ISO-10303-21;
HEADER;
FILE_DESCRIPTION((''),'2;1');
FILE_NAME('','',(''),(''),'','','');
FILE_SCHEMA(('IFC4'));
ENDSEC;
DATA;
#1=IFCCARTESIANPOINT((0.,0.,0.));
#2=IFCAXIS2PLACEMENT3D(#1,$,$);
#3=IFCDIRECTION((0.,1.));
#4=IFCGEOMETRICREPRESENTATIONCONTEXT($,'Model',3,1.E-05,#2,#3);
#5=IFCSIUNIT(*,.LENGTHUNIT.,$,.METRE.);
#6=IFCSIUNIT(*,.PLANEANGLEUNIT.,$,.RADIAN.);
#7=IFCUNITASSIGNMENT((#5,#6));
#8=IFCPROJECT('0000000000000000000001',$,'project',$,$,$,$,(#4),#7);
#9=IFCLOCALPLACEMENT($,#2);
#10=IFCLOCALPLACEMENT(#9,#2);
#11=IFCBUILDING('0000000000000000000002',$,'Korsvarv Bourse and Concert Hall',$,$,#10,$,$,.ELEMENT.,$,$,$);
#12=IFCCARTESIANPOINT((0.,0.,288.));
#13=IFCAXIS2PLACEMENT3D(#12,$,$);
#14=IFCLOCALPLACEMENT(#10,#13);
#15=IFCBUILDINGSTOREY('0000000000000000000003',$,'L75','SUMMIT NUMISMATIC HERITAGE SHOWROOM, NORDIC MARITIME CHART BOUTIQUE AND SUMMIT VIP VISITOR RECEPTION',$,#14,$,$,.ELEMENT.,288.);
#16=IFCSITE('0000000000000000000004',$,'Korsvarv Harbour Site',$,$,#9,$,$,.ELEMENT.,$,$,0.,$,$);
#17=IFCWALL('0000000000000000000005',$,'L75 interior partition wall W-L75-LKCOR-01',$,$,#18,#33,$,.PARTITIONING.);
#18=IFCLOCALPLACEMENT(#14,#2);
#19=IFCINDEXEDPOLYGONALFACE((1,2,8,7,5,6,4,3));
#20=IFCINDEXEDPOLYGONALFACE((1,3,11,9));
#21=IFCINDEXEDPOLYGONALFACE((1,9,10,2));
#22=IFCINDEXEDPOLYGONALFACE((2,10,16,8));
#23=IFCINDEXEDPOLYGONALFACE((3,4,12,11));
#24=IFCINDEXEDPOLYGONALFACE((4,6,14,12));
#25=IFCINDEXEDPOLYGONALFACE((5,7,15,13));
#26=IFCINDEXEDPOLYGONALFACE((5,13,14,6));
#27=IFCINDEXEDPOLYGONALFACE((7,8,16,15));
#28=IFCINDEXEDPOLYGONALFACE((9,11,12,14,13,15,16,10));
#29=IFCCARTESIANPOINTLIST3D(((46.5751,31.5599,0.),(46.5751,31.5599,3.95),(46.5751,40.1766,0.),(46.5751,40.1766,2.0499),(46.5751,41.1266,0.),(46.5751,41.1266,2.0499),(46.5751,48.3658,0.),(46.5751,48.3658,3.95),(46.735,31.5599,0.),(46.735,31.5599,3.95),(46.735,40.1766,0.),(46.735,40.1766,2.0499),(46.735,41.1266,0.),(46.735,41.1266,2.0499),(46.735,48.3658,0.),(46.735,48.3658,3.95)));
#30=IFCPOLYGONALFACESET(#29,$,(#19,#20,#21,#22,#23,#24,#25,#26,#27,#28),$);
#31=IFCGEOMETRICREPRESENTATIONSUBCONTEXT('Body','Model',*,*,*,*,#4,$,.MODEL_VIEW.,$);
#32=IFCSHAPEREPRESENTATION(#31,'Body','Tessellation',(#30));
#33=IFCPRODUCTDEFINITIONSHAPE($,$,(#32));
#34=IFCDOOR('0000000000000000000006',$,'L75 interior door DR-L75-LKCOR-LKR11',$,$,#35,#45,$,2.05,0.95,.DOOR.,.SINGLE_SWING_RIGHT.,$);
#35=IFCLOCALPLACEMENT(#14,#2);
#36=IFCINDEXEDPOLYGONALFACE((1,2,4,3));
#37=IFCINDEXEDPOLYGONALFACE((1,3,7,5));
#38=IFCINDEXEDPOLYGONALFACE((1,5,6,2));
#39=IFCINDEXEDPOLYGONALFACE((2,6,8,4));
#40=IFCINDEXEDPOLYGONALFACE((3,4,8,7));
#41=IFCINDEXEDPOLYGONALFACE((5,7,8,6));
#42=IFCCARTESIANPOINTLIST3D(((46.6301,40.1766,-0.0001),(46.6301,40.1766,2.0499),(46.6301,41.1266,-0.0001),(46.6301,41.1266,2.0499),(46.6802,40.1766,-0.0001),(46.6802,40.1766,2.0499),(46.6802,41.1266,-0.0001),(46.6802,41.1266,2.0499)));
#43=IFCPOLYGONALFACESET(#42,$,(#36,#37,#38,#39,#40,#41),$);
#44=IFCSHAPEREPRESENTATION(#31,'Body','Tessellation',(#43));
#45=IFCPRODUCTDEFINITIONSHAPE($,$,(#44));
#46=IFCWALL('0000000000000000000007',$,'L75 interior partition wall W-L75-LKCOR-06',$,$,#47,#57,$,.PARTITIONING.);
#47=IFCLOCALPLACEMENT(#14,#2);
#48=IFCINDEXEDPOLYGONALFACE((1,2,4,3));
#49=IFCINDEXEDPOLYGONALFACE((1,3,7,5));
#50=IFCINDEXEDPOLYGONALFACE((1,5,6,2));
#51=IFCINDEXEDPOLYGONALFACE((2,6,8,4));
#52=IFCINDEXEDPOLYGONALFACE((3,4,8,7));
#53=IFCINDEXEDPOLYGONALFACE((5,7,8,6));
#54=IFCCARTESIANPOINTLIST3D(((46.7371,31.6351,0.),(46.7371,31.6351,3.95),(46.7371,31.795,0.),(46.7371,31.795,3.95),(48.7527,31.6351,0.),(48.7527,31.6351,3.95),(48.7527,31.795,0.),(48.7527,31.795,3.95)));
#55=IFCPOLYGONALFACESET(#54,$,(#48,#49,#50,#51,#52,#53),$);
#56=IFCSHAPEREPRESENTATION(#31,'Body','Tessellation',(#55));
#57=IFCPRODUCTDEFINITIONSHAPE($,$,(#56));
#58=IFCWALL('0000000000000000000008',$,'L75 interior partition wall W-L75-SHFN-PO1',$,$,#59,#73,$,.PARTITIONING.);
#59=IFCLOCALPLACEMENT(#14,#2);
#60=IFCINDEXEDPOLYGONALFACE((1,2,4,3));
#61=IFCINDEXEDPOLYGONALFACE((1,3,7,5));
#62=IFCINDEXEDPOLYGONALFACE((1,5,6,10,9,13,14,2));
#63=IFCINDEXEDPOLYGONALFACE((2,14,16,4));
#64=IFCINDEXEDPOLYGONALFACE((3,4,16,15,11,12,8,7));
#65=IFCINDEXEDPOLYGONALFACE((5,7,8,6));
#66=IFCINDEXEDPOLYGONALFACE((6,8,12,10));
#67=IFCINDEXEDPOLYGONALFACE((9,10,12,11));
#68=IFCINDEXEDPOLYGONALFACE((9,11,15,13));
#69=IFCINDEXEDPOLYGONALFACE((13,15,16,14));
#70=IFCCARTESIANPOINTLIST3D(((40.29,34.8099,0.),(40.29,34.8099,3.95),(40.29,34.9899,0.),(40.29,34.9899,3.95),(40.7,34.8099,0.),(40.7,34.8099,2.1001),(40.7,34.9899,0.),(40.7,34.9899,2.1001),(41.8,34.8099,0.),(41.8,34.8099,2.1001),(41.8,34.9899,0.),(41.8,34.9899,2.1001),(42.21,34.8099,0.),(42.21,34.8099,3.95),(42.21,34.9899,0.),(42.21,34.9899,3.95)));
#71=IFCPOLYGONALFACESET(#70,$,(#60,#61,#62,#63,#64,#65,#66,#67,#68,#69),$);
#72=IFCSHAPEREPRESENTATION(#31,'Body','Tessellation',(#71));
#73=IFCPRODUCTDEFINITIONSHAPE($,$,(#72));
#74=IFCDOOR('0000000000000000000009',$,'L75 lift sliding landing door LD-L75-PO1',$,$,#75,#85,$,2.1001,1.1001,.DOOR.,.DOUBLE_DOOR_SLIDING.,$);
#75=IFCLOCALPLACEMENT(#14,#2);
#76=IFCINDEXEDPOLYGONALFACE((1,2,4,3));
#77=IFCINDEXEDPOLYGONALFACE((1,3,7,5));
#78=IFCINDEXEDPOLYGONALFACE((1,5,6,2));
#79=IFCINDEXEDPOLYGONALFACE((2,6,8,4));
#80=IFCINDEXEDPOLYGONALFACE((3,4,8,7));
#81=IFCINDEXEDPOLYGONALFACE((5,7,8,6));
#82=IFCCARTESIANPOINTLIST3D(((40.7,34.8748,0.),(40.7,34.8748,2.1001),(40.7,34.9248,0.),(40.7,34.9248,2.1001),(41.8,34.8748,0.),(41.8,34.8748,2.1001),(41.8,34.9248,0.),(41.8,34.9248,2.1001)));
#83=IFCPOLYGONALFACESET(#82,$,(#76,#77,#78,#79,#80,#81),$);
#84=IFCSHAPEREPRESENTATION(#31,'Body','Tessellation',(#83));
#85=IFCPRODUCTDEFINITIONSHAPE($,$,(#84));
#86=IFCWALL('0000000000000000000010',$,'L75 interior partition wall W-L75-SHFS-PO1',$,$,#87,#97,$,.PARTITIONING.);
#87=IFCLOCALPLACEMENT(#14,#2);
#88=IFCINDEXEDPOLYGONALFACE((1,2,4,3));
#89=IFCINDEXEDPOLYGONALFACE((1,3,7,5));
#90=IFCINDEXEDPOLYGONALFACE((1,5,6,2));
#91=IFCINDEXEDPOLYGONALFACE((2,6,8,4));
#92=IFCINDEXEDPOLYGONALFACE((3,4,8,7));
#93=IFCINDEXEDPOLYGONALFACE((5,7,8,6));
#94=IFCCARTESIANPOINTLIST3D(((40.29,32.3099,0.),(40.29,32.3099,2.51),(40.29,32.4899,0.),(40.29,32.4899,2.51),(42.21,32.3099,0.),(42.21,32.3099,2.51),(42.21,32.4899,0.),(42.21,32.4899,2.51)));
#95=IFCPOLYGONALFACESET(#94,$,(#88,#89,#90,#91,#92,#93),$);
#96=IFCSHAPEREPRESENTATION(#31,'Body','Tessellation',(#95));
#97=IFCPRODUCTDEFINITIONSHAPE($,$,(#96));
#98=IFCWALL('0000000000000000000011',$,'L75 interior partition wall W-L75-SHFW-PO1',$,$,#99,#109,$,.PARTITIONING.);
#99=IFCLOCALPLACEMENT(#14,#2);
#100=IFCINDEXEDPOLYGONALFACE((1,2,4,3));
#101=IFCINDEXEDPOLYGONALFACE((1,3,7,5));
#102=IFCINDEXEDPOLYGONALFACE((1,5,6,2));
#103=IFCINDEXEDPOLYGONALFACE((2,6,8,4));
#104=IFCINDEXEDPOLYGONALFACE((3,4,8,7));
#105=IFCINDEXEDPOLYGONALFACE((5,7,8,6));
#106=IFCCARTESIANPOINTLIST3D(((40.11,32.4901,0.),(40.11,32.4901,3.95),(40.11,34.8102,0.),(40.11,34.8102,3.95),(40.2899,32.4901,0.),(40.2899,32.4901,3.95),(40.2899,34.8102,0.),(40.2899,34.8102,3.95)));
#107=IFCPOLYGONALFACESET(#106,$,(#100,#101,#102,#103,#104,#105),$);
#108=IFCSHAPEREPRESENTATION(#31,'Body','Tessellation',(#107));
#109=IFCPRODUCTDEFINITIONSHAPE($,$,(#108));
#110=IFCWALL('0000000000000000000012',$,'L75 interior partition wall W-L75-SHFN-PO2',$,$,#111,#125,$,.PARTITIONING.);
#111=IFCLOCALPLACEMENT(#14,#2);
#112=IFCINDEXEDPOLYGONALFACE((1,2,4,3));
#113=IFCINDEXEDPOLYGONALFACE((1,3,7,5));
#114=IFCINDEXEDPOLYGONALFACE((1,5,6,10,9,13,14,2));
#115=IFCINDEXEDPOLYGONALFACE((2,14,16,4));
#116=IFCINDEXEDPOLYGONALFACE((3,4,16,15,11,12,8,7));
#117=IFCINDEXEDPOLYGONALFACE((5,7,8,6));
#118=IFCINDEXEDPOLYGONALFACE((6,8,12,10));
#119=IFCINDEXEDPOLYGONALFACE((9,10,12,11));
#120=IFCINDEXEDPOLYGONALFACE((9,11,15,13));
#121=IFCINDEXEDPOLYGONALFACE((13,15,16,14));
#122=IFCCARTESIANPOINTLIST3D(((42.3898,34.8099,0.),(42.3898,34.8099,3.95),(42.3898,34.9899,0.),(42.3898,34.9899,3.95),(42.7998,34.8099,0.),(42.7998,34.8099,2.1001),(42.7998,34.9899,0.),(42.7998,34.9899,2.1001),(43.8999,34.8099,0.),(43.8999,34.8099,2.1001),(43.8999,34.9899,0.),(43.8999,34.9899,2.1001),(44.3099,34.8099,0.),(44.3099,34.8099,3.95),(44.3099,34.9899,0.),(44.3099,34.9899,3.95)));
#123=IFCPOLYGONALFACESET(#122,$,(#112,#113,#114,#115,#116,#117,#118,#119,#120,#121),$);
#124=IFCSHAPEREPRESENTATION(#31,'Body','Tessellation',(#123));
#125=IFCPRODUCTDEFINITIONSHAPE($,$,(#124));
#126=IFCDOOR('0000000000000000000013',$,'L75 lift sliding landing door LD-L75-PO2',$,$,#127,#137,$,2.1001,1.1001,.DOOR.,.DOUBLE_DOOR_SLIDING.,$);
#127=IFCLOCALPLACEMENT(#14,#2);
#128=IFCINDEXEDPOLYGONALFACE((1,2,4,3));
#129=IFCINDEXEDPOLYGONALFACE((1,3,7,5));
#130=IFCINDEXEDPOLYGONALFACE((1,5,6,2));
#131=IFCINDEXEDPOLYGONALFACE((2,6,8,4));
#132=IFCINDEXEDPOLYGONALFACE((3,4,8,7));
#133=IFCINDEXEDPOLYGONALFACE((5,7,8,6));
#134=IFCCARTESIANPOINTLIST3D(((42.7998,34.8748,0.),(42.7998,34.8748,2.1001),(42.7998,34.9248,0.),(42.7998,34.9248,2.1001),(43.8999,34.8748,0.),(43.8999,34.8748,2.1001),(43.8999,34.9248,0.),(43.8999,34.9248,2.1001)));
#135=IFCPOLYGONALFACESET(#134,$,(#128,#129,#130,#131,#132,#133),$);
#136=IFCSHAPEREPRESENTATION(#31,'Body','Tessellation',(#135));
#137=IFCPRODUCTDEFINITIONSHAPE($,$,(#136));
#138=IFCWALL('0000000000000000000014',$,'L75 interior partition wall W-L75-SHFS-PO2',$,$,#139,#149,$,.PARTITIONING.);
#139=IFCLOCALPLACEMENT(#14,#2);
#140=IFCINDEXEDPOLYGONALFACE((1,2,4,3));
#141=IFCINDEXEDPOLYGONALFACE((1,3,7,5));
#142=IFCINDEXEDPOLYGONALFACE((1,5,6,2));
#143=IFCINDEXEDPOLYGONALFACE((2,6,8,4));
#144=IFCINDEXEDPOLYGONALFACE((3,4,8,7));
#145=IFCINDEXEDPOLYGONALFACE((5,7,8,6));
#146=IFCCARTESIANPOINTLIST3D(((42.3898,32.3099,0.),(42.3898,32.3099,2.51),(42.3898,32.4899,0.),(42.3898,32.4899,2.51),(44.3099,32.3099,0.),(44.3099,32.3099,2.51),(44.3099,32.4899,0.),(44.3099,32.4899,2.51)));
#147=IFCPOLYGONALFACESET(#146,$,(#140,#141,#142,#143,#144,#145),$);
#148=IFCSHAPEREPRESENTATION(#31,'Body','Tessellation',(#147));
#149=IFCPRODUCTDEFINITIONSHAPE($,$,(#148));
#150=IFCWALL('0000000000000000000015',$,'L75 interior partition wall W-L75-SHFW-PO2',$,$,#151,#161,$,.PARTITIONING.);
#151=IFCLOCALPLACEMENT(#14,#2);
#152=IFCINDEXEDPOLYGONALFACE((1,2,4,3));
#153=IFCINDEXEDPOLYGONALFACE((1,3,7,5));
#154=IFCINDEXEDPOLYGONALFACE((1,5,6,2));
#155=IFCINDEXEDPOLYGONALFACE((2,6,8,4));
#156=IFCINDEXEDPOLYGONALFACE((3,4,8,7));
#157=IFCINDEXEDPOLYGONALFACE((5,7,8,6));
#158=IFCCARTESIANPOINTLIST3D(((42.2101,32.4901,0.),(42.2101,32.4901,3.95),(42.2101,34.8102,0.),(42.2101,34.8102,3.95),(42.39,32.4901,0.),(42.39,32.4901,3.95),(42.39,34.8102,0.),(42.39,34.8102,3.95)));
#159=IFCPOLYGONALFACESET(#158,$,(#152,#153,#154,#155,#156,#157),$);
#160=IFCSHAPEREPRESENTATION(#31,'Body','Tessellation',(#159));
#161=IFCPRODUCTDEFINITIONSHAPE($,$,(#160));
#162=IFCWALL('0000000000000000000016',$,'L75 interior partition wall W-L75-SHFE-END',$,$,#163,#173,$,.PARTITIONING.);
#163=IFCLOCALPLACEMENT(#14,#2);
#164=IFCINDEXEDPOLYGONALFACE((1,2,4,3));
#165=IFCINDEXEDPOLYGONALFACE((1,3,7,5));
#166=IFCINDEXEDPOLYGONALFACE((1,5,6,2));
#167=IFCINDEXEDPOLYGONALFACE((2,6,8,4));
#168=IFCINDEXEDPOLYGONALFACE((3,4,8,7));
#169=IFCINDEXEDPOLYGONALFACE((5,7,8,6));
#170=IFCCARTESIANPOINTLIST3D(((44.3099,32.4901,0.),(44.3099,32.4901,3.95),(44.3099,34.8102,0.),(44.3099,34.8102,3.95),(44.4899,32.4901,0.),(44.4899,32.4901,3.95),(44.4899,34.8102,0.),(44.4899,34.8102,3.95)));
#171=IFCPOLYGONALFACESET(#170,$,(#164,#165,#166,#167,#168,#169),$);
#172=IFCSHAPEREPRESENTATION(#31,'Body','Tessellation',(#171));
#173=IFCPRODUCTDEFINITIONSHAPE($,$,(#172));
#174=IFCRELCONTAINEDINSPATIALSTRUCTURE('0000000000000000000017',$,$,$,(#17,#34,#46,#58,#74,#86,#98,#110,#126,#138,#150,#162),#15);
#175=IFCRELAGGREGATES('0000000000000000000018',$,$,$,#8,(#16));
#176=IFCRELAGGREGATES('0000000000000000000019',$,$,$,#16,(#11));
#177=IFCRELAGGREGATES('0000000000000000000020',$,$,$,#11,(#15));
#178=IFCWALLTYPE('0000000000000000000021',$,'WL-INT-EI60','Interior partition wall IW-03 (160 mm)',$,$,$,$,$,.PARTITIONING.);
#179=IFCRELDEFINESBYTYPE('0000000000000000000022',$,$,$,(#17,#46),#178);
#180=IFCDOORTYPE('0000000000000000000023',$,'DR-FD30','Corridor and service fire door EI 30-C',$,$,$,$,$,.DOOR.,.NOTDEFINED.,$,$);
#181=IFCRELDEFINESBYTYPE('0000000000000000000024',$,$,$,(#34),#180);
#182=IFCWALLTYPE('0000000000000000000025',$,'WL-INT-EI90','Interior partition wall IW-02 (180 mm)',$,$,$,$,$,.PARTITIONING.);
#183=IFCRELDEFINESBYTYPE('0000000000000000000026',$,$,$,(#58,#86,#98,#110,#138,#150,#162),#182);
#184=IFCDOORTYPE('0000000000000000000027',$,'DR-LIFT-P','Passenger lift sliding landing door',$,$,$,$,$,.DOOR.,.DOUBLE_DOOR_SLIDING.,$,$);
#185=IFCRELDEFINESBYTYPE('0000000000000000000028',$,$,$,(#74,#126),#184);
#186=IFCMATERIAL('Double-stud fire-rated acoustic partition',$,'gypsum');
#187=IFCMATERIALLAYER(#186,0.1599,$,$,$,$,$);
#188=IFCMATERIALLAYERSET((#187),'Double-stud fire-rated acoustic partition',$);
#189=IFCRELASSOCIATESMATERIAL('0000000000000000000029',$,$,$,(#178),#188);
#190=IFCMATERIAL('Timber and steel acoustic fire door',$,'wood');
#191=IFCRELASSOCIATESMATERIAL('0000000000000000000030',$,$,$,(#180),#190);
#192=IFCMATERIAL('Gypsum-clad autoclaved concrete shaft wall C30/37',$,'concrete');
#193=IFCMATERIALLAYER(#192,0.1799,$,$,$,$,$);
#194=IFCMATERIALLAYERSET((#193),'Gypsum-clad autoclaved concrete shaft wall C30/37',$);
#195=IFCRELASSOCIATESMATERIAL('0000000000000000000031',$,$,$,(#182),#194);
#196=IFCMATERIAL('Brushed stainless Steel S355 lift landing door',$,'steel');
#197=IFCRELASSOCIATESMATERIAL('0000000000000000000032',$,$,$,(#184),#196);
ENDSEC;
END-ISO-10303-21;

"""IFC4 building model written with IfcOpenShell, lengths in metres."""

from ifc_helpers import new_model, si_unit, direction, frame, frame_2d, origin, place, context, subcontext, project, spatial, rectangle, extrude, material, layer, layer_set, type_object, element, fill, save


model = new_model("IFC4")

# Units and contexts
model_context = context("Model", 3, precision=1e-05, world=origin(), true_north=direction((0.0, 1.0)))
body_context = subcontext(model_context, "Body", "Model", "MODEL_VIEW")
ifc_project = project(units=[si_unit("LENGTHUNIT", "METRE"), si_unit("PLANEANGLEUNIT", "RADIAN")], contexts=[model_context])

# Site, building, storey
site_placement = place(None, origin())
site = spatial("IfcSite", under=ifc_project, at=site_placement, Name="Korsvarv Harbour Site", CompositionType="ELEMENT", RefElevation=0.0)
building_placement = place(site_placement, origin())
building = spatial("IfcBuilding", under=site, at=building_placement, Name="Korsvarv Bourse and Concert Hall", CompositionType="ELEMENT")
storey_placement = place(building_placement, frame((0.0, 0.0, 288.0)))
storey = spatial("IfcBuildingStorey", under=building, at=storey_placement, Name="L75", Description="SUMMIT NUMISMATIC HERITAGE SHOWROOM, NORDIC MARITIME CHART BOUTIQUE AND SUMMIT VIP VISITOR RECEPTION", CompositionType="ELEMENT", Elevation=288.0)

# Wall, opening, door
ifc_material_1 = material(Name="Double-stud fire-rated acoustic partition", Category="gypsum")
ifc_layer_1 = layer(ifc_material_1, 0.1599)
ifc_layer_set_1 = layer_set([ifc_layer_1], Name="Double-stud fire-rated acoustic partition")
wall_type_1 = type_object("IfcWallType", Name="WL-INT-EI60", Description="Interior partition wall IW-03 (160 mm)", PredefinedType="PARTITIONING", material=ifc_layer_set_1)
wall_1_placement = place(storey_placement, frame((46.655, 31.5601, 0.0), z_axis=(0.0, 0.0, 1.0), x_axis=(0.0, 1.0, 0.0)))
wall_1 = element("IfcWall", 1, at=wall_1_placement, inside=storey, type_object=wall_type_1, Name="L75 interior partition wall W-L75-LKCOR-01", PredefinedType="PARTITIONING", context=body_context, shape_type="SweptSolid", body=[
    extrude(rectangle(XDim=16.8059, YDim=0.1599, at=frame_2d((8.4028, 0.0))), origin(), (0.0, 0.0, 1.0), 3.95),
])
opening_1_placement = place(wall_1_placement, frame((8.6165, 0.0, 0.0)))
opening_1 = element("IfcOpeningElement", 2, at=opening_1_placement, cuts=wall_1, PredefinedType="OPENING", context=body_context, shape_type="SweptSolid", body=[
    extrude(rectangle(XDim=0.95, YDim=2.05, at=frame_2d((0.4751, 1.0249))), frame((0.0, 0.0898, 0.0), z_axis=(0.0, -1.0, 0.0), x_axis=(1.0, 0.0, 0.0)), (0.0, 0.0, 1.0), 0.1799),
])
ifc_material_2 = material(Name="Timber and steel acoustic fire door", Category="wood")
door_type_1 = type_object("IfcDoorType", Name="DR-FD30", Description="Corridor and service fire door EI 30-C", OperationType="NOTDEFINED", PredefinedType="DOOR", material=ifc_material_2)
door_1_placement = place(opening_1_placement, origin())
door_1 = element("IfcDoor", 3, at=door_1_placement, inside=storey, type_object=door_type_1, Name="L75 interior door DR-L75-LKCOR-LKR11", OperationType="SINGLE_SWING_RIGHT", OverallHeight=2.05, OverallWidth=0.95, PredefinedType="DOOR", context=body_context, shape_type="SweptSolid", body=[
    extrude(rectangle(XDim=0.95, YDim=2.05, at=frame_2d((0.4751, 1.0249))), frame((0.0, 0.0249, 0.0), z_axis=(0.0, -1.0, 0.0), x_axis=(1.0, 0.0, 0.0)), (0.0, 0.0, 1.0), 0.05),
])
fill(opening_1, door_1)

# Wall
wall_2_placement = place(storey_placement, frame((46.7371, 31.7151, 0.0), z_axis=(0.0, 0.0, 1.0), x_axis=(1.0, 0.0, 0.0)))
element("IfcWall", 4, at=wall_2_placement, inside=storey, type_object=wall_type_1, Name="L75 interior partition wall W-L75-LKCOR-06", PredefinedType="PARTITIONING", context=body_context, shape_type="SweptSolid", body=[
    extrude(rectangle(XDim=2.0156, YDim=0.1599, at=frame_2d((1.0078, 0.0))), origin(), (0.0, 0.0, 1.0), 3.95),
])

# Wall, opening, door
ifc_material_3 = material(Name="Gypsum-clad autoclaved concrete shaft wall C30/37", Category="concrete")
ifc_layer_2 = layer(ifc_material_3, 0.1799)
ifc_layer_set_2 = layer_set([ifc_layer_2], Name="Gypsum-clad autoclaved concrete shaft wall C30/37")
wall_type_2 = type_object("IfcWallType", Name="WL-INT-EI90", Description="Interior partition wall IW-02 (180 mm)", PredefinedType="PARTITIONING", material=ifc_layer_set_2)
wall_3_placement = place(storey_placement, frame((40.29, 34.8999, 0.0), z_axis=(0.0, 0.0, 1.0), x_axis=(1.0, 0.0, 0.0)))
wall_3 = element("IfcWall", 5, at=wall_3_placement, inside=storey, type_object=wall_type_2, Name="L75 interior partition wall W-L75-SHFN-PO1", PredefinedType="PARTITIONING", context=body_context, shape_type="SweptSolid", body=[
    extrude(rectangle(XDim=1.9199, YDim=0.1799, at=frame_2d((0.96, 0.0))), origin(), (0.0, 0.0, 1.0), 3.95),
])
opening_2_placement = place(wall_3_placement, frame((0.4099, 0.0, 0.0)))
opening_2 = element("IfcOpeningElement", 6, at=opening_2_placement, cuts=wall_3, PredefinedType="OPENING", context=body_context, shape_type="SweptSolid", body=[
    extrude(rectangle(XDim=1.1001, YDim=2.1001, at=frame_2d((0.55, 1.05))), frame((0.0, 0.1001, 0.0), z_axis=(0.0, -1.0, 0.0), x_axis=(1.0, 0.0, 0.0)), (0.0, 0.0, 1.0), 0.2),
])
ifc_material_4 = material(Name="Brushed stainless Steel S355 lift landing door", Category="steel")
door_type_2 = type_object("IfcDoorType", Name="DR-LIFT-P", Description="Passenger lift sliding landing door", OperationType="DOUBLE_DOOR_SLIDING", PredefinedType="DOOR", material=ifc_material_4)
door_2_placement = place(opening_2_placement, origin())
door_2 = element("IfcDoor", 7, at=door_2_placement, inside=storey, type_object=door_type_2, Name="L75 lift sliding landing door LD-L75-PO1", OperationType="DOUBLE_DOOR_SLIDING", OverallHeight=2.1001, OverallWidth=1.1001, PredefinedType="DOOR", context=body_context, shape_type="SweptSolid", body=[
    extrude(rectangle(XDim=1.1001, YDim=2.1001, at=frame_2d((0.55, 1.05))), frame((0.0, 0.0249, 0.0), z_axis=(0.0, -1.0, 0.0), x_axis=(1.0, 0.0, 0.0)), (0.0, 0.0, 1.0), 0.05),
])
fill(opening_2, door_2)

# Walls
wall_4_placement = place(storey_placement, frame((40.29, 32.3999, 0.0), z_axis=(0.0, 0.0, 1.0), x_axis=(1.0, 0.0, 0.0)))
element("IfcWall", 8, at=wall_4_placement, inside=storey, type_object=wall_type_2, Name="L75 interior partition wall W-L75-SHFS-PO1", PredefinedType="PARTITIONING", context=body_context, shape_type="SweptSolid", body=[
    extrude(rectangle(XDim=1.9199, YDim=0.1799, at=frame_2d((0.96, 0.0))), origin(), (0.0, 0.0, 1.0), 2.51),
])
wall_5_placement = place(storey_placement, frame((40.2, 32.49, 0.0), z_axis=(0.0, 0.0, 1.0), x_axis=(0.0, 1.0, 0.0)))
element("IfcWall", 9, at=wall_5_placement, inside=storey, type_object=wall_type_2, Name="L75 interior partition wall W-L75-SHFW-PO1", PredefinedType="PARTITIONING", context=body_context, shape_type="SweptSolid", body=[
    extrude(rectangle(XDim=2.3201, YDim=0.1799, at=frame_2d((1.1602, 0.0))), origin(), (0.0, 0.0, 1.0), 3.95),
])

# Wall, opening, door
wall_6_placement = place(storey_placement, frame((42.3899, 34.8999, 0.0), z_axis=(0.0, 0.0, 1.0), x_axis=(1.0, 0.0, 0.0)))
wall_6 = element("IfcWall", 10, at=wall_6_placement, inside=storey, type_object=wall_type_2, Name="L75 interior partition wall W-L75-SHFN-PO2", PredefinedType="PARTITIONING", context=body_context, shape_type="SweptSolid", body=[
    extrude(rectangle(XDim=1.9202, YDim=0.1799, at=frame_2d((0.96, 0.0))), origin(), (0.0, 0.0, 1.0), 3.95),
])
opening_3_placement = place(wall_6_placement, frame((0.4099, 0.0, 0.0)))
opening_3 = element("IfcOpeningElement", 11, at=opening_3_placement, cuts=wall_6, PredefinedType="OPENING", context=body_context, shape_type="SweptSolid", body=[
    extrude(rectangle(XDim=1.1001, YDim=2.1001, at=frame_2d((0.55, 1.05))), frame((0.0, 0.1001, 0.0), z_axis=(0.0, -1.0, 0.0), x_axis=(1.0, 0.0, 0.0)), (0.0, 0.0, 1.0), 0.2),
])
door_3_placement = place(opening_3_placement, origin())
door_3 = element("IfcDoor", 12, at=door_3_placement, inside=storey, type_object=door_type_2, Name="L75 lift sliding landing door LD-L75-PO2", OperationType="DOUBLE_DOOR_SLIDING", OverallHeight=2.1001, OverallWidth=1.1001, PredefinedType="DOOR", context=body_context, shape_type="SweptSolid", body=[
    extrude(rectangle(XDim=1.1001, YDim=2.1001, at=frame_2d((0.55, 1.05))), frame((0.0, 0.0249, 0.0), z_axis=(0.0, -1.0, 0.0), x_axis=(1.0, 0.0, 0.0)), (0.0, 0.0, 1.0), 0.05),
])
fill(opening_3, door_3)

# Walls
wall_7_placement = place(storey_placement, frame((42.3899, 32.3999, 0.0), z_axis=(0.0, 0.0, 1.0), x_axis=(1.0, 0.0, 0.0)))
element("IfcWall", 13, at=wall_7_placement, inside=storey, type_object=wall_type_2, Name="L75 interior partition wall W-L75-SHFS-PO2", PredefinedType="PARTITIONING", context=body_context, shape_type="SweptSolid", body=[
    extrude(rectangle(XDim=1.9202, YDim=0.1799, at=frame_2d((0.96, 0.0))), origin(), (0.0, 0.0, 1.0), 2.51),
])
for number, where, z_axis, x_axis, name in (
    (14, (42.3, 32.49, 0.0), (0.0, 0.0, 1.0), (0.0, 1.0, 0.0), "L75 interior partition wall W-L75-SHFW-PO2"),
    (15, (44.3999, 32.49, 0.0), (0.0, 0.0, 1.0), (0.0, 1.0, 0.0), "L75 interior partition wall W-L75-SHFE-END"),
):
    element("IfcWall", number, at=place(storey_placement, frame(where, z_axis=z_axis, x_axis=x_axis)), inside=storey, type_object=wall_type_2, Name=name, PredefinedType="PARTITIONING", context=body_context, shape_type="SweptSolid", body=[
        extrude(rectangle(XDim=2.3201, YDim=0.1799, at=frame_2d((1.1602, 0.0))), origin(), (0.0, 0.0, 1.0), 3.95),
    ])

save(model, "model.ifc")
